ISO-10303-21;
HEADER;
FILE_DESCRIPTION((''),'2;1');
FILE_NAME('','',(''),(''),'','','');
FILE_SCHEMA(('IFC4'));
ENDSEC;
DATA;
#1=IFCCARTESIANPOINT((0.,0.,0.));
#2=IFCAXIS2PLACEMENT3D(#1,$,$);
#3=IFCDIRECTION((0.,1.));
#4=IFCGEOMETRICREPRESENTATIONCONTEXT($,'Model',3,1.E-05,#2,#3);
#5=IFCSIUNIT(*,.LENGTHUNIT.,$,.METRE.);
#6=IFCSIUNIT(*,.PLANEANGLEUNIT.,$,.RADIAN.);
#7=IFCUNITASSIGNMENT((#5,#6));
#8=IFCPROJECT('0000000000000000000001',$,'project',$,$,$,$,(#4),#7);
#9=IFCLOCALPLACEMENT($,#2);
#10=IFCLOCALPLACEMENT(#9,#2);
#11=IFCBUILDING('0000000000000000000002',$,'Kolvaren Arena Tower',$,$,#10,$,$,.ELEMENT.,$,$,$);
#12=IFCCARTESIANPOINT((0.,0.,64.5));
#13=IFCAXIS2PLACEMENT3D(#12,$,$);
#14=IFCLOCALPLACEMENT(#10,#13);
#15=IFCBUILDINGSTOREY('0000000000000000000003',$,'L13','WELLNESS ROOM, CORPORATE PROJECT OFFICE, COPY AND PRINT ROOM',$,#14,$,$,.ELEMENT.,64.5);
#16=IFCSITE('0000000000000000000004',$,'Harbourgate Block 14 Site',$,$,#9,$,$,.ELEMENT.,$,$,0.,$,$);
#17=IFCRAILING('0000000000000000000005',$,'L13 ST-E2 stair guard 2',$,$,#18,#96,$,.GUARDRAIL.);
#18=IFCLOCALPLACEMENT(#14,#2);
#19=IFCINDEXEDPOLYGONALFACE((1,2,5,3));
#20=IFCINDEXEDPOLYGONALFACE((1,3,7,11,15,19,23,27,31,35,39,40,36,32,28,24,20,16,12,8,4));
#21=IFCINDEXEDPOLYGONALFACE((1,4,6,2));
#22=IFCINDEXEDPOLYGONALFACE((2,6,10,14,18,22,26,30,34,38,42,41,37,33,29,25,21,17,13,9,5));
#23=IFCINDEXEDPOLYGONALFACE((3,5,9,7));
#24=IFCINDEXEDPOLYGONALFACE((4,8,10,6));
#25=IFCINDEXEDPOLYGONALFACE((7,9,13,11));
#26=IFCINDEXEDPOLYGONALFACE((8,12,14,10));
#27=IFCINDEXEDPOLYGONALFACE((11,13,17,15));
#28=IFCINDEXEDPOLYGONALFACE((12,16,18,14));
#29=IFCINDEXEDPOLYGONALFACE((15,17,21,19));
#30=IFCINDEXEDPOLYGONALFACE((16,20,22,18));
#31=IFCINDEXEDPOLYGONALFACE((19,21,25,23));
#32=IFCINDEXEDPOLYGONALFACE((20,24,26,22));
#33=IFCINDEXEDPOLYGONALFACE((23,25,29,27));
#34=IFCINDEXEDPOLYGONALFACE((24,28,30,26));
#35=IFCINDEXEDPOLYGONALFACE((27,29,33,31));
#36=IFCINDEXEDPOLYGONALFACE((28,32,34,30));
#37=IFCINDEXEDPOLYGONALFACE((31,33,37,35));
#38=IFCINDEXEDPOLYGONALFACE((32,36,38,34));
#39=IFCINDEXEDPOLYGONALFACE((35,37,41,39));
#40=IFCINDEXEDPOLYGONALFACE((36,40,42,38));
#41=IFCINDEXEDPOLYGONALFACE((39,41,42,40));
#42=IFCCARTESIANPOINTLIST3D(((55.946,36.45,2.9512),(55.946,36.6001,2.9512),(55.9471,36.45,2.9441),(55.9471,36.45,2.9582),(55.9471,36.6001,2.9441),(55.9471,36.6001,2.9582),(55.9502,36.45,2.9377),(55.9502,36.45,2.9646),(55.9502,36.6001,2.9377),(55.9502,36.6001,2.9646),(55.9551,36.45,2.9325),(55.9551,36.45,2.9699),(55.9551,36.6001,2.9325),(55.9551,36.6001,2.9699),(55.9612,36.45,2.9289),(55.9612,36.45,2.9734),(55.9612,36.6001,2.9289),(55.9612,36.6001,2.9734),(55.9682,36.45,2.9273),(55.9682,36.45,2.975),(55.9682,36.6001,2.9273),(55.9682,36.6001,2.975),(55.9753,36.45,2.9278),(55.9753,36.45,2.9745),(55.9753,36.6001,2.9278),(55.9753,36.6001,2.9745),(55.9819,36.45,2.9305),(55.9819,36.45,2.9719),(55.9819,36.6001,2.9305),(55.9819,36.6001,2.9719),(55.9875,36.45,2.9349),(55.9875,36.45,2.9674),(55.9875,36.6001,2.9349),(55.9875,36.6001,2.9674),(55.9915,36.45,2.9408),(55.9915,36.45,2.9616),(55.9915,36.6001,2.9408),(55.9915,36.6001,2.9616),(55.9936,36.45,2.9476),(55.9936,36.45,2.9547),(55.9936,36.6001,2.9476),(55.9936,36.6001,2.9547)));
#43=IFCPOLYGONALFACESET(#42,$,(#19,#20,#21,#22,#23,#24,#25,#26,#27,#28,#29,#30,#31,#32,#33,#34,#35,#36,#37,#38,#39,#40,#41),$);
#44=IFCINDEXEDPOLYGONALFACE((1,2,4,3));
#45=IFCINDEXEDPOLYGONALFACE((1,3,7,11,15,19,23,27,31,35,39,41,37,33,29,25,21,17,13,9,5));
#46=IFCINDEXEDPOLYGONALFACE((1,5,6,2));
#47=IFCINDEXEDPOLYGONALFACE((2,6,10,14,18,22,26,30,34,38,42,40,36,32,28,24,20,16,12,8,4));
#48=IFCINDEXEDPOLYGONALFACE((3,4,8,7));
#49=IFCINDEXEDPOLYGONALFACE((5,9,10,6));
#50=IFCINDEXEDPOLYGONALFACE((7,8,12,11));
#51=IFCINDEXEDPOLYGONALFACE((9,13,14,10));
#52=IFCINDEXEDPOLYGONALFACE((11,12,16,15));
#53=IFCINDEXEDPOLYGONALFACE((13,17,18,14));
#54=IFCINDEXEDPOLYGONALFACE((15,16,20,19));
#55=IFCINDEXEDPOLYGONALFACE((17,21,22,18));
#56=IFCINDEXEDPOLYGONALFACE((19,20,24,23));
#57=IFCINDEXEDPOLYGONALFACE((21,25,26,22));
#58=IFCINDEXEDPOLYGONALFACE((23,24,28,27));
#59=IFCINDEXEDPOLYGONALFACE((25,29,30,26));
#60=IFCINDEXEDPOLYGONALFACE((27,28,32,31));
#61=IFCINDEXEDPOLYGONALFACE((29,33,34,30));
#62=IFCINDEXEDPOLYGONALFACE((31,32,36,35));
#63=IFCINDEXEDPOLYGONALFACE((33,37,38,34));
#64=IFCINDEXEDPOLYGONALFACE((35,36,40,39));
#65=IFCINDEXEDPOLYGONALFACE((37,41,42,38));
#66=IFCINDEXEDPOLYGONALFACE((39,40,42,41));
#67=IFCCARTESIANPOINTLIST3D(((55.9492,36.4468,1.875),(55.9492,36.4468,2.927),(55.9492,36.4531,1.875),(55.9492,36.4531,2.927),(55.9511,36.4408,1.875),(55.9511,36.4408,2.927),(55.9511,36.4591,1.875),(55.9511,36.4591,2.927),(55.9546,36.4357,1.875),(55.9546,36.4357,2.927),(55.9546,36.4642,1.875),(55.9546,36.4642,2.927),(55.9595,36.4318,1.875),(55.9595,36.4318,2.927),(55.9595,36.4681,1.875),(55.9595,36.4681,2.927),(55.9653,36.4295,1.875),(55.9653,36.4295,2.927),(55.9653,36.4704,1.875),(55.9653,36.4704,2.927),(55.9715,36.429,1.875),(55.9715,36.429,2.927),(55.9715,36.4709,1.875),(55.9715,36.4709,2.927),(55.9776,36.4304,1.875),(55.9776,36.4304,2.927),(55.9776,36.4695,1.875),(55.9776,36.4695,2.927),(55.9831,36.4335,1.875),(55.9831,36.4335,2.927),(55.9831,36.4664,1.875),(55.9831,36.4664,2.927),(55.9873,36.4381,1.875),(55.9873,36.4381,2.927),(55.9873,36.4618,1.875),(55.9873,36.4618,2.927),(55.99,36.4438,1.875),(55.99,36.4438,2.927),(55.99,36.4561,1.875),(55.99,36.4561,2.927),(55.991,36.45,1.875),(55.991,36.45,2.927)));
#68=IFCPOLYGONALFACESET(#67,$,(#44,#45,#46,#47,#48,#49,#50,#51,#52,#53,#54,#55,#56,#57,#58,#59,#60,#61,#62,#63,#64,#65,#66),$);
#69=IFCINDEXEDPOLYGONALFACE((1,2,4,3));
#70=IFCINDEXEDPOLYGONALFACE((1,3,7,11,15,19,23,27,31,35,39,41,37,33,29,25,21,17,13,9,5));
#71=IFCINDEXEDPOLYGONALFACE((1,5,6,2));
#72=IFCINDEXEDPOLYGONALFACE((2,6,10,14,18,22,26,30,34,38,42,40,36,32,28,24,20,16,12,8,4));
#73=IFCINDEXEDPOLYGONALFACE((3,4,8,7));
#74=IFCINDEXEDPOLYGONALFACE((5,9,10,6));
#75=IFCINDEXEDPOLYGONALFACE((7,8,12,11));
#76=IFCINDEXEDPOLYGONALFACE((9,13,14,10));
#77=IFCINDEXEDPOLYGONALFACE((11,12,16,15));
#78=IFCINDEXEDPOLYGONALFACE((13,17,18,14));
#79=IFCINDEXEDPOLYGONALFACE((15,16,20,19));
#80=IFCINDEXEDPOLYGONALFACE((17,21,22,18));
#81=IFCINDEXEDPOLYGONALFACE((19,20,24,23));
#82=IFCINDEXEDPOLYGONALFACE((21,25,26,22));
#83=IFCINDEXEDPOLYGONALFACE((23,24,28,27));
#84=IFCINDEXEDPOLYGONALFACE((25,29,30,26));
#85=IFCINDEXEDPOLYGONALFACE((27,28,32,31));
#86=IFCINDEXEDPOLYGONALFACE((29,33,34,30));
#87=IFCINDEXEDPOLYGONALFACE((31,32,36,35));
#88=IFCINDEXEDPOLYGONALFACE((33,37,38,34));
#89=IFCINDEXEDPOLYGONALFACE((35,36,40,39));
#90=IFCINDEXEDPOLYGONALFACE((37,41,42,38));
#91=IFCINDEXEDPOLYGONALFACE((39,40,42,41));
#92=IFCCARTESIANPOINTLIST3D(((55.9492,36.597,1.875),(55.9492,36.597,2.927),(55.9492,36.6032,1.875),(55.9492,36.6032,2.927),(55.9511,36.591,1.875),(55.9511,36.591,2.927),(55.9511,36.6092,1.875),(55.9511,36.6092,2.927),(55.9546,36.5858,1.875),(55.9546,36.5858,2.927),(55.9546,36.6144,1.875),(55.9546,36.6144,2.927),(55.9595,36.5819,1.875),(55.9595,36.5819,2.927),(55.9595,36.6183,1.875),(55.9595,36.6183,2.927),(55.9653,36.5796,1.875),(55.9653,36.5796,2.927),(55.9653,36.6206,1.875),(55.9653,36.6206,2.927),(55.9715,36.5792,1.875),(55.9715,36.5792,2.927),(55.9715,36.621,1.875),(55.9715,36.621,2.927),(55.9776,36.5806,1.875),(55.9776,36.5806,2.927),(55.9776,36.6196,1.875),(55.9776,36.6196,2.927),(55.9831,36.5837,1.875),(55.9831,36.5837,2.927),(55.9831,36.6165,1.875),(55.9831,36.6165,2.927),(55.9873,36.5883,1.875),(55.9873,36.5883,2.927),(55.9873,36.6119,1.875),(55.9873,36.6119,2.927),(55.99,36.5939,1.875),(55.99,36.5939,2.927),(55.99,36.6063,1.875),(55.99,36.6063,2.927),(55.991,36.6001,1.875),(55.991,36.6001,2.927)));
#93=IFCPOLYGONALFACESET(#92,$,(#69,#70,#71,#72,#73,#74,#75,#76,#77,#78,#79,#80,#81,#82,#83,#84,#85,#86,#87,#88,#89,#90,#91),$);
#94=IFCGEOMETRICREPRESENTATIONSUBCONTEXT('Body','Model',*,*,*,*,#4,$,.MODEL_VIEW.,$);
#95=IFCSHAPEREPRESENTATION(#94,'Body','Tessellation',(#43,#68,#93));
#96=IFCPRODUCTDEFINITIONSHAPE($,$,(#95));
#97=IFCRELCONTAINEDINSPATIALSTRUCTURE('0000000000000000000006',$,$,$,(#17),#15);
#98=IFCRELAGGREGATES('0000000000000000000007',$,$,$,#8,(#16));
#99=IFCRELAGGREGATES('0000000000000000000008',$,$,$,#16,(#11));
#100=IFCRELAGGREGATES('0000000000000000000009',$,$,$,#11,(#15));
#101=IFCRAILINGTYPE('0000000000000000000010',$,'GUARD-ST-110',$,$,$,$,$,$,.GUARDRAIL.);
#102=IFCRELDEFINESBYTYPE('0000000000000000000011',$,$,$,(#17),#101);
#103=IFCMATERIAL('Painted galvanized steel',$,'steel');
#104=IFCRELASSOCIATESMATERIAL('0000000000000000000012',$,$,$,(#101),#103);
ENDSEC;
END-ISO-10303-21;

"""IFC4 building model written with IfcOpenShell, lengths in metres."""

from ifc_helpers import new_model, si_unit, direction, frame, origin, origin_2d, place, context, subcontext, project, spatial, circle, extrude, material, type_object, element, save


model = new_model("IFC4")

# Units and contexts
model_context = context("Model", 3, precision=1e-05, world=origin(), true_north=direction((0.0, 1.0)))
body_context = subcontext(model_context, "Body", "Model", "MODEL_VIEW")
ifc_project = project(units=[si_unit("LENGTHUNIT", "METRE"), si_unit("PLANEANGLEUNIT", "RADIAN")], contexts=[model_context])

# Site, building, storey
site_placement = place(None, origin())
site = spatial("IfcSite", under=ifc_project, at=site_placement, Name="Harbourgate Block 14 Site", CompositionType="ELEMENT", RefElevation=0.0)
building_placement = place(site_placement, origin())
building = spatial("IfcBuilding", under=site, at=building_placement, Name="Kolvaren Arena Tower", CompositionType="ELEMENT")
storey_placement = place(building_placement, frame((0.0, 0.0, 64.5)))
storey = spatial("IfcBuildingStorey", under=building, at=storey_placement, Name="L13", Description="WELLNESS ROOM, CORPORATE PROJECT OFFICE, COPY AND PRINT ROOM", CompositionType="ELEMENT", Elevation=64.5)

# Railing
ifc_material_1 = material(Name="Painted galvanized steel", Category="steel")
railing_type_1 = type_object("IfcRailingType", Name="GUARD-ST-110", PredefinedType="GUARDRAIL", material=ifc_material_1)
railing_1_placement = place(storey_placement, frame((55.97, 36.45, 1.875)))
element("IfcRailing", 1, at=railing_1_placement, inside=storey, type_object=railing_type_1, Name="L13 ST-E2 stair guard 2", PredefinedType="GUARDRAIL", context=body_context, shape_type="SweptSolid", body=[
    extrude(circle(Radius=0.0239, at=origin_2d()), frame((0.0, 0.0, 1.0762), z_axis=(0.0, 1.0, 0.0), x_axis=(-1.0, 0.0, 0.0)), (0.0, 0.0, 1.0), 0.1501),
    extrude(circle(Radius=0.021, at=origin_2d()), origin(), (0.0, 0.0, 1.0), 1.052),
    extrude(circle(Radius=0.021, at=origin_2d()), frame((0.0, 0.1501, 0.0)), (0.0, 0.0, 1.0), 1.052),
])

save(model, "model.ifc")
